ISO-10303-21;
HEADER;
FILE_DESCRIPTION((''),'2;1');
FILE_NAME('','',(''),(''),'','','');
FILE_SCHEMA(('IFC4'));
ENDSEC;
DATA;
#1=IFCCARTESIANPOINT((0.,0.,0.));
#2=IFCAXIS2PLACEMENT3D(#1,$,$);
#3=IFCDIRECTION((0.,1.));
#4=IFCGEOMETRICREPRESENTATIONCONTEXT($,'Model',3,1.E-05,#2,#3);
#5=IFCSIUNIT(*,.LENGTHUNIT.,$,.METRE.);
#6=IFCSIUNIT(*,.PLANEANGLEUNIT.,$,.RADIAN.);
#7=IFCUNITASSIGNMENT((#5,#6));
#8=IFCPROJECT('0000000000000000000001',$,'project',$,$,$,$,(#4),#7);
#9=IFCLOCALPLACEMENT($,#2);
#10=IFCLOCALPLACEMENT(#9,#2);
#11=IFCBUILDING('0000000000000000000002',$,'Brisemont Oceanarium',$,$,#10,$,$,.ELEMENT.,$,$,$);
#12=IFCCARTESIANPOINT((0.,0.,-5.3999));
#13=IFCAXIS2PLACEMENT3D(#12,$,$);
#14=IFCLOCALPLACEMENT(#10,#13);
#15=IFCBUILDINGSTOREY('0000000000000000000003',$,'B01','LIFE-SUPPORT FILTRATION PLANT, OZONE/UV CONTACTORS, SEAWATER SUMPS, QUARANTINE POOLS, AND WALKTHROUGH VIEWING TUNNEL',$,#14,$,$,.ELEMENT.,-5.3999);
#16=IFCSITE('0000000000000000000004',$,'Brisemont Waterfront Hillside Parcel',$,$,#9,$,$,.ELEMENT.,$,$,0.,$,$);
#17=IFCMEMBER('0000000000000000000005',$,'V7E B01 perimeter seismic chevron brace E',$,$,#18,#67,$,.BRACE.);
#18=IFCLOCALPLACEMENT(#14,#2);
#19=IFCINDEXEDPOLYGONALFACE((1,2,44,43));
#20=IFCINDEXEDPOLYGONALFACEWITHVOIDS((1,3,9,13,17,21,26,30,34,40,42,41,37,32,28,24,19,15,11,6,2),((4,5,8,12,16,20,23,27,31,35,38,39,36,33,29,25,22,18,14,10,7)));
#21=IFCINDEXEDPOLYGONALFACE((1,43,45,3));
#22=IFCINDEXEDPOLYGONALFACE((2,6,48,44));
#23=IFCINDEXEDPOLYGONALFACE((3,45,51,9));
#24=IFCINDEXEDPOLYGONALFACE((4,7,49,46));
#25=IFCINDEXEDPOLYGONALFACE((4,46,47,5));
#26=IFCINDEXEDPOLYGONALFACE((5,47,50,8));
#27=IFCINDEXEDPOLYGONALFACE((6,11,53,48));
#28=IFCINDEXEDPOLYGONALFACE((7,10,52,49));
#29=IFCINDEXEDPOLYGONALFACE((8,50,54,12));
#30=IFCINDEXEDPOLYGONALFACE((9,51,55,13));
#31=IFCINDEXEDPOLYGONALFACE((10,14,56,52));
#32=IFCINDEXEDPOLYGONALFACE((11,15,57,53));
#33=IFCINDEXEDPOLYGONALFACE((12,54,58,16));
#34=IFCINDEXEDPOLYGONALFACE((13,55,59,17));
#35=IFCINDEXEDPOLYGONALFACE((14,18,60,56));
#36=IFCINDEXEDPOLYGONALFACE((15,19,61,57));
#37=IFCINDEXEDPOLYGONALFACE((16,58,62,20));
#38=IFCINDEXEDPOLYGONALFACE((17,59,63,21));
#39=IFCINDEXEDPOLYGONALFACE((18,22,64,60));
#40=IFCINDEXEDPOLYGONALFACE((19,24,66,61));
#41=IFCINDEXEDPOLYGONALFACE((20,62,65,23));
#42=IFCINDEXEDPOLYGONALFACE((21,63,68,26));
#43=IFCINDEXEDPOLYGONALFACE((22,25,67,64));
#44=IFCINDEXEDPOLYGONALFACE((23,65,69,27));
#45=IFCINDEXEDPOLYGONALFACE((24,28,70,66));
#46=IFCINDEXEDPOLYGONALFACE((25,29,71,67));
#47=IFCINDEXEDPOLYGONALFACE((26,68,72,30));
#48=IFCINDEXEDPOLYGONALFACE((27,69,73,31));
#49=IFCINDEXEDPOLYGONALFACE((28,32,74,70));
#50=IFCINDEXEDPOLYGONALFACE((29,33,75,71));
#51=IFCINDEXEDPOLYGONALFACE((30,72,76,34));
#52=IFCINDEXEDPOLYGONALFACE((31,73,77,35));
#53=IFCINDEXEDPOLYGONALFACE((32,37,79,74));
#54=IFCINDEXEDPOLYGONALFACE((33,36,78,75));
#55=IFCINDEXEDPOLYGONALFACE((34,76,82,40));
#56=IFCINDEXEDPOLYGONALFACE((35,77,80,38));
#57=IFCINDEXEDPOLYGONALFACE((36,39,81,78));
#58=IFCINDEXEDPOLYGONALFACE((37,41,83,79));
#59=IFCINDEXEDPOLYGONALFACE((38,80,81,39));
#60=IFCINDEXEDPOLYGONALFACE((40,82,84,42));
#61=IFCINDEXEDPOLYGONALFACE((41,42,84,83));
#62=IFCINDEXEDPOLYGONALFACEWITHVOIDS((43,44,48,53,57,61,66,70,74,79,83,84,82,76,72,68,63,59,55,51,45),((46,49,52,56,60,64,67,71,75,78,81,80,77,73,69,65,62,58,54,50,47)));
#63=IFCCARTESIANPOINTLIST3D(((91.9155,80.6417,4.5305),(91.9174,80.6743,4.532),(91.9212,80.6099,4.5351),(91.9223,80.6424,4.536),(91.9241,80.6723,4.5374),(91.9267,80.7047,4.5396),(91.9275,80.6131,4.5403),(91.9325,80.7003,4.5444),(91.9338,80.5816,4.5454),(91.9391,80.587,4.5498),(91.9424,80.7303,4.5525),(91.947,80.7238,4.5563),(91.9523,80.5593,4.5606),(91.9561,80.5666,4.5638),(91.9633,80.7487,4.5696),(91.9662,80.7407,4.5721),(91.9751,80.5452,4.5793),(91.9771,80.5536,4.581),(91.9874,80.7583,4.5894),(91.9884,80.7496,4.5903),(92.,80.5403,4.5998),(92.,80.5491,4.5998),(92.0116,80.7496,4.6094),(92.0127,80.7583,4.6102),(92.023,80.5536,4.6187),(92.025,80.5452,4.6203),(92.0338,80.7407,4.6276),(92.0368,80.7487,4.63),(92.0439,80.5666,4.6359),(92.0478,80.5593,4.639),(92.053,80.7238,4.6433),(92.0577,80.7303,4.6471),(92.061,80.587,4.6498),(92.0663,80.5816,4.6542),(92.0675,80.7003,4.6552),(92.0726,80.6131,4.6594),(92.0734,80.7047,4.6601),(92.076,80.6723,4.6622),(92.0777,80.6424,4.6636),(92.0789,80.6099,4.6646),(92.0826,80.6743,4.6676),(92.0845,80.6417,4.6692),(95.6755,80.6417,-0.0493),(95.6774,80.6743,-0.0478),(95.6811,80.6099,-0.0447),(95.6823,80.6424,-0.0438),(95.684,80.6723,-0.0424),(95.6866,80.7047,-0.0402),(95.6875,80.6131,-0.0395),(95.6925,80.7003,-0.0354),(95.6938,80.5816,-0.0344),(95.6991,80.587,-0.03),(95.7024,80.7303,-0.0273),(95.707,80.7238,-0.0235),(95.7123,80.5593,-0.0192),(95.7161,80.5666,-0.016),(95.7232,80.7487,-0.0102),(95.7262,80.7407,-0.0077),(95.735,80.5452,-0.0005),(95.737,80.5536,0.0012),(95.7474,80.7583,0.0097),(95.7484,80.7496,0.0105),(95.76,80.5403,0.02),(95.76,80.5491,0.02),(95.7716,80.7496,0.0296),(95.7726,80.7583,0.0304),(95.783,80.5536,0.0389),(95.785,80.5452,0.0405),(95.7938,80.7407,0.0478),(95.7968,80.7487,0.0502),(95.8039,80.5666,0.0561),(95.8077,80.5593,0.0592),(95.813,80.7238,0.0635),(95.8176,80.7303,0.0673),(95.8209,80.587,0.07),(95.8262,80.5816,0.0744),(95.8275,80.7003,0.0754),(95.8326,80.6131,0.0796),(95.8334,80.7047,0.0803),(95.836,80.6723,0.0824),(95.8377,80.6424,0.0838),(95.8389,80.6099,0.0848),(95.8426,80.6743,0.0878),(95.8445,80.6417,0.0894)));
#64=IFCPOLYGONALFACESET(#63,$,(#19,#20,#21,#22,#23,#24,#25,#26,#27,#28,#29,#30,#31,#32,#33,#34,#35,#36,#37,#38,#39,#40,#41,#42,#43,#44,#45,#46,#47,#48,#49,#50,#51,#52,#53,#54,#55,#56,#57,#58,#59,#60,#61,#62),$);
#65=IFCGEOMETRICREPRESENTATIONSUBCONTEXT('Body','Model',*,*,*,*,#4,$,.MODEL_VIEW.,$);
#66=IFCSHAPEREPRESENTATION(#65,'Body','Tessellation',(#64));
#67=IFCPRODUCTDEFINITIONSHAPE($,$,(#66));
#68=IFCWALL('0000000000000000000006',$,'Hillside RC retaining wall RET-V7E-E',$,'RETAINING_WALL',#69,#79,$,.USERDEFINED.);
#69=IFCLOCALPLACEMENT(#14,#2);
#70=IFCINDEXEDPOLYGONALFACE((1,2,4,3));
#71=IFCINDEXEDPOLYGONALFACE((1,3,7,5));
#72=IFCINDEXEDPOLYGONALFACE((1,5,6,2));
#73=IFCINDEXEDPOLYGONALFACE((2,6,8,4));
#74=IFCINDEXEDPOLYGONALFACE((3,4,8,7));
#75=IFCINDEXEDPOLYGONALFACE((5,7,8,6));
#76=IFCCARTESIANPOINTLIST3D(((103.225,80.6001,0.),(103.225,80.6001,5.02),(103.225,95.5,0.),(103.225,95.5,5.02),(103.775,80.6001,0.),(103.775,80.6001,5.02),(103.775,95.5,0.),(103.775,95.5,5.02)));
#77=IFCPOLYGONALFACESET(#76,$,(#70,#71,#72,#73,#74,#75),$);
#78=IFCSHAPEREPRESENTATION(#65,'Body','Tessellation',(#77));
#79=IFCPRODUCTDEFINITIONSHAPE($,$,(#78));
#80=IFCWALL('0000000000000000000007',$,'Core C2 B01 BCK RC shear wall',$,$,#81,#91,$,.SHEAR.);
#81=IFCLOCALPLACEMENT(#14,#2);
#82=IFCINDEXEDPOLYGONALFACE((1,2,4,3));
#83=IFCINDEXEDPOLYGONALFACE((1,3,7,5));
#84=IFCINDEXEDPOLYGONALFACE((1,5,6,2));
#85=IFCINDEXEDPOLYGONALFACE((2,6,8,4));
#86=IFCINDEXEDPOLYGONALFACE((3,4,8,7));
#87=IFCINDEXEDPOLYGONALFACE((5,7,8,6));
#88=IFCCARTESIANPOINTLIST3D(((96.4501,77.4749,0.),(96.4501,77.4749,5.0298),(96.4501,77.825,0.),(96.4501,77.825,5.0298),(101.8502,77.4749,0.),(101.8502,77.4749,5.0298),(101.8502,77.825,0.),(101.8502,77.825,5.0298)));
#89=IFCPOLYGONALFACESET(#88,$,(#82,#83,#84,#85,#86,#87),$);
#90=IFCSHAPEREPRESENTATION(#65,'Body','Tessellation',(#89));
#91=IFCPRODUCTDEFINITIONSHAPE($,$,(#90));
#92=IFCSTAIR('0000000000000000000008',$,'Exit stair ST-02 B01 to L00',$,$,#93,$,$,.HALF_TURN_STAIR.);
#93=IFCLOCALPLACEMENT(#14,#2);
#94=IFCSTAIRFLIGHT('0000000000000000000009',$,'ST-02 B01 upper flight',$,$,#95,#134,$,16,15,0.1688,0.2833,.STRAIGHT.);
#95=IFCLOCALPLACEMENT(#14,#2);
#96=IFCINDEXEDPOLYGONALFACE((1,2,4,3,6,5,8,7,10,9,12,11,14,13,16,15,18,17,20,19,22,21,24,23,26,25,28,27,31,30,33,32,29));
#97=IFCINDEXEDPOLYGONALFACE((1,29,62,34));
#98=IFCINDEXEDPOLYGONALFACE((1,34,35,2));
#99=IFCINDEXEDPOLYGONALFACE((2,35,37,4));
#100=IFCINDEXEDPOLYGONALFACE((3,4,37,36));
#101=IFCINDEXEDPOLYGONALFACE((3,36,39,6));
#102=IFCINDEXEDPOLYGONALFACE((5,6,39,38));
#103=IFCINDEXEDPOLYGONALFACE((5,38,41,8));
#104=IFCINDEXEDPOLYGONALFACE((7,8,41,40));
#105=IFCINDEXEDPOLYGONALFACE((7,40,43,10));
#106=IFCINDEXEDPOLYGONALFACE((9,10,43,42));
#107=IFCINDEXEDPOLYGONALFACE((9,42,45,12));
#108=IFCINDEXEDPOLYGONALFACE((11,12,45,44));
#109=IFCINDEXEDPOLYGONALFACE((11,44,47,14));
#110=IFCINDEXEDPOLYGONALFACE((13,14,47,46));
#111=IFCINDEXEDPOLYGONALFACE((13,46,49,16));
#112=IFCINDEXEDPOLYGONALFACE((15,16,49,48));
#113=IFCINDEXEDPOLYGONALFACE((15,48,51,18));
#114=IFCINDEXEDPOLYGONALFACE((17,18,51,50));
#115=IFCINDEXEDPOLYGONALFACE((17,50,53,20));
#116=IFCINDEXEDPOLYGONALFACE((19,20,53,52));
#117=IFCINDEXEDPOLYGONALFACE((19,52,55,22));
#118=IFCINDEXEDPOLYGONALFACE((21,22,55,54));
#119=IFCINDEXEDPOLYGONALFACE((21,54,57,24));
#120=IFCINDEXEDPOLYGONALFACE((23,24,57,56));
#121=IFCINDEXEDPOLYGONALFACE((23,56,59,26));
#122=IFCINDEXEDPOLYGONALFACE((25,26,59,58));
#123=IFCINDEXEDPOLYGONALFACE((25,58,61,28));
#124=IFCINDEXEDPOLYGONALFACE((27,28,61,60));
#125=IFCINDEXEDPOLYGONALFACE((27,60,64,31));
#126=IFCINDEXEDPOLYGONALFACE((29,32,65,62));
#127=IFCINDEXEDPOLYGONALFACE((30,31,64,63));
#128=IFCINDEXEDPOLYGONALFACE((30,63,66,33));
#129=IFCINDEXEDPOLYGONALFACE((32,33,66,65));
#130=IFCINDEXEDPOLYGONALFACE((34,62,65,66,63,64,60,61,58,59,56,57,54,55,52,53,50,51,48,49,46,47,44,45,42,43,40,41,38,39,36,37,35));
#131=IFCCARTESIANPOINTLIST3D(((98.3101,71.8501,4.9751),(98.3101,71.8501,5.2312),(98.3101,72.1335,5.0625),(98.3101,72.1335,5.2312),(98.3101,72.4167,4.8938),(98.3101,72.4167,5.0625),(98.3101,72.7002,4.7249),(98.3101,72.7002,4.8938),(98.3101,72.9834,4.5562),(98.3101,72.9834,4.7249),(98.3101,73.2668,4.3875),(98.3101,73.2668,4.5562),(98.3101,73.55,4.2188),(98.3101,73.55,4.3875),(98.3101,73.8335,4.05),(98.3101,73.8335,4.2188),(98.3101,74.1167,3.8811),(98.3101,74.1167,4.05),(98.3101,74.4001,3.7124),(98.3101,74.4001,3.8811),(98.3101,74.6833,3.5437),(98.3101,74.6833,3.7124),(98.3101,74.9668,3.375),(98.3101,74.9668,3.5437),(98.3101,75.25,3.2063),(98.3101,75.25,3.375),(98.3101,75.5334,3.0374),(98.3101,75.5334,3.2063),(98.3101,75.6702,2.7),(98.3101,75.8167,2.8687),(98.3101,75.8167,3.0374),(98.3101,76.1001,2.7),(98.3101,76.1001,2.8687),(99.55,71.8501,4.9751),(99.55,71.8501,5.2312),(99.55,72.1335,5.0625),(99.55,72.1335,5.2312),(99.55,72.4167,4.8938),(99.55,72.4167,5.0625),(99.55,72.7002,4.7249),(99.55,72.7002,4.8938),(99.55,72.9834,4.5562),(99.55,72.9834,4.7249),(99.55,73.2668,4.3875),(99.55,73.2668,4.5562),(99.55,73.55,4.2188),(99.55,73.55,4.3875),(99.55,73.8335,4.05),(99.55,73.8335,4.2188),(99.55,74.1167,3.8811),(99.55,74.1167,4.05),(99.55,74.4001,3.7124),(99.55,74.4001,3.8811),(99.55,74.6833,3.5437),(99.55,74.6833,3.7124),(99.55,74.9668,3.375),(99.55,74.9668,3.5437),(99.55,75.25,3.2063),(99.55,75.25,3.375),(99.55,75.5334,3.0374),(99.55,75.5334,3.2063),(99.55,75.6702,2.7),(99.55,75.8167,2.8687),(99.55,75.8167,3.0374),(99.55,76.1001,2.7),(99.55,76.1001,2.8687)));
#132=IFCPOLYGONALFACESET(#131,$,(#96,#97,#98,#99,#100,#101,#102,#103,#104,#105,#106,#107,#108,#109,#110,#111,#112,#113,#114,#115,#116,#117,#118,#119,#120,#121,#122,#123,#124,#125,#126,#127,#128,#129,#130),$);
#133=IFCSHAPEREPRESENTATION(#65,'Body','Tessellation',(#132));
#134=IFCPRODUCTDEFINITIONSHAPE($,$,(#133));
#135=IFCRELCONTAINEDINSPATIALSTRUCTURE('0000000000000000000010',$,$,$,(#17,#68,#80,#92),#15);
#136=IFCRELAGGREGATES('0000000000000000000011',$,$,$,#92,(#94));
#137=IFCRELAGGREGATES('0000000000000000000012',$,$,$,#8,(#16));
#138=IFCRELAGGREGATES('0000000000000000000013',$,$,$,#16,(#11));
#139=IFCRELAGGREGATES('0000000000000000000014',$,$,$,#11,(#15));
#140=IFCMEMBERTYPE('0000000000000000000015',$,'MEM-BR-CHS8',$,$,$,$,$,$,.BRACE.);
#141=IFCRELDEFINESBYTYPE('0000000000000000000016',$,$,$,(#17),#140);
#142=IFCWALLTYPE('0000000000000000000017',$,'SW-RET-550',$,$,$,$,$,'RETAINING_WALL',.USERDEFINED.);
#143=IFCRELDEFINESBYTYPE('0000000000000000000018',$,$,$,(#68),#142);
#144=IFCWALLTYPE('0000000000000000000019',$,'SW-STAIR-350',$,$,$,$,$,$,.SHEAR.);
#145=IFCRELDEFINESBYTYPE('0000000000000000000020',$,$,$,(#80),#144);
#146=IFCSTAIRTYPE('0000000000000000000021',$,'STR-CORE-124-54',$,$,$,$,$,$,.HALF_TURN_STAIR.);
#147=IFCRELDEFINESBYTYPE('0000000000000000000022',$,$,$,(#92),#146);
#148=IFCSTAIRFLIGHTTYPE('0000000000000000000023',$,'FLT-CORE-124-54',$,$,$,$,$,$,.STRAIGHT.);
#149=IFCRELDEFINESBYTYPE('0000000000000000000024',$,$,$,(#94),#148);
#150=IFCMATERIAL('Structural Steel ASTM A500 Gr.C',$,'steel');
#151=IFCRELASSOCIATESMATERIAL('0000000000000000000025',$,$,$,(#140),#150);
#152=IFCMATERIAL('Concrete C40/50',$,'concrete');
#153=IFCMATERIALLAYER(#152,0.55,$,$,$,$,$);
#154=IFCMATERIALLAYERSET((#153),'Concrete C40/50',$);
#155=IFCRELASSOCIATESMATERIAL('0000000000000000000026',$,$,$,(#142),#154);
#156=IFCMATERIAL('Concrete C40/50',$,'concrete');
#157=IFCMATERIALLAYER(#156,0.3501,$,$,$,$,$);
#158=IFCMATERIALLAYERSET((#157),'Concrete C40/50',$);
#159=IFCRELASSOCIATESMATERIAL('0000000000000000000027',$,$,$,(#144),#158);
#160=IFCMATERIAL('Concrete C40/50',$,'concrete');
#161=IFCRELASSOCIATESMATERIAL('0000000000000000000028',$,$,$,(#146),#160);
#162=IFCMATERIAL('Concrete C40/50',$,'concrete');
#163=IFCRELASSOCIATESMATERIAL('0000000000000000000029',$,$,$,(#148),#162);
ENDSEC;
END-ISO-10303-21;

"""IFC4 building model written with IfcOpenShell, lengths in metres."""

from ifc_helpers import new_model, si_unit, direction, frame, frame_2d, origin, origin_2d, place, context, subcontext, project, spatial, polyline, rectangle, hollow_circle, outline, extrude, material, layer, layer_set, material_profile, profile_set, type_object, element, aggregate, save


model = new_model("IFC4")

# Units and contexts
model_context = context("Model", 3, precision=1e-05, world=origin(), true_north=direction((0.0, 1.0)))
body_context = subcontext(model_context, "Body", "Model", "MODEL_VIEW")
ifc_project = project(units=[si_unit("LENGTHUNIT", "METRE"), si_unit("PLANEANGLEUNIT", "RADIAN")], contexts=[model_context])

# Site, building, storey
site_placement = place(None, origin())
site = spatial("IfcSite", under=ifc_project, at=site_placement, Name="Brisemont Waterfront Hillside Parcel", CompositionType="ELEMENT", RefElevation=0.0)
building_placement = place(site_placement, origin())
building = spatial("IfcBuilding", under=site, at=building_placement, Name="Brisemont Oceanarium", CompositionType="ELEMENT")
storey_placement = place(building_placement, frame((0.0, 0.0, -5.3999)))
storey = spatial("IfcBuildingStorey", under=building, at=storey_placement, Name="B01", Description="LIFE-SUPPORT FILTRATION PLANT, OZONE/UV CONTACTORS, SEAWATER SUMPS, QUARANTINE POOLS, AND WALKTHROUGH VIEWING TUNNEL", CompositionType="ELEMENT", Elevation=-5.3999)

# Member
ifc_material_1 = material(Name="Structural Steel ASTM A500 Gr.C", Category="steel")
ifc_material_profile_1 = material_profile(ifc_material_1, hollow_circle(Radius=0.1096, WallThickness=0.0088, at=origin_2d()), Name="HSS8.625X0.375")
ifc_profile_set_1 = profile_set([ifc_material_profile_1], Name="Structural Steel ASTM A500 Gr.C")
member_type = type_object("IfcMemberType", Name="MEM-BR-CHS8", PredefinedType="BRACE", material=ifc_profile_set_1)
for number, where, z_axis, x_axis, name in (
    (1, (95.76, 80.6499, 0.02), (-0.634538, 0.0, 0.772892), (0.0, -1.0, 0.0), "V7E B01 perimeter seismic chevron brace E"),
):
    element("IfcMember", number, at=place(storey_placement, frame(where, z_axis=z_axis, x_axis=x_axis)), inside=storey, type_object=member_type, Name=name, PredefinedType="BRACE", context=body_context, shape_type="SweptSolid", body=[
        extrude(hollow_circle(Radius=0.1096, WallThickness=0.0088, at=origin_2d()), origin(), (0.0, 0.0, 1.0), 5.9255),
    ])

# Walls
ifc_material_2 = material(Name="Concrete C40/50", Category="concrete")
ifc_layer_1 = layer(ifc_material_2, 0.55)
ifc_layer_set_1 = layer_set([ifc_layer_1], Name="Concrete C40/50")
wall_type_1 = type_object("IfcWallType", Name="SW-RET-550", ElementType="RETAINING_WALL", PredefinedType="USERDEFINED", material=ifc_layer_set_1)
wall_1_placement = place(storey_placement, frame((103.5, 80.6001, 0.0), z_axis=(0.0, 0.0, 1.0), x_axis=(0.0, 1.0, 0.0)))
element("IfcWall", 2, at=wall_1_placement, inside=storey, type_object=wall_type_1, Name="Hillside RC retaining wall RET-V7E-E", ObjectType="RETAINING_WALL", PredefinedType="USERDEFINED", context=body_context, shape_type="SweptSolid", body=[
    extrude(rectangle(XDim=14.8999, YDim=0.55, at=frame_2d((7.45, 0.0))), origin(), (0.0, 0.0, 1.0), 5.02),
])
ifc_material_3 = material(Name="Concrete C40/50", Category="concrete")
ifc_layer_2 = layer(ifc_material_3, 0.3501)
ifc_layer_set_2 = layer_set([ifc_layer_2], Name="Concrete C40/50")
wall_type_2 = type_object("IfcWallType", Name="SW-STAIR-350", PredefinedType="SHEAR", material=ifc_layer_set_2)
wall_2_placement = place(storey_placement, frame((96.45, 77.6499, 0.0), z_axis=(0.0, 0.0, 1.0), x_axis=(1.0, 0.0, 0.0)))
element("IfcWall", 3, at=wall_2_placement, inside=storey, type_object=wall_type_2, Name="Core C2 B01 BCK RC shear wall", PredefinedType="SHEAR", context=body_context, shape_type="SweptSolid", body=[
    extrude(rectangle(XDim=5.4001, YDim=0.3501, at=frame_2d((2.7002, 0.0))), origin(), (0.0, 0.0, 1.0), 5.0298),
])

# Stair, stair flight
ifc_material_4 = material(Name="Concrete C40/50", Category="concrete")
stair_type = type_object("IfcStairType", Name="STR-CORE-124-54", PredefinedType="HALF_TURN_STAIR", material=ifc_material_4)
stair_placement = place(storey_placement, origin())
stair = element("IfcStair", 4, at=stair_placement, inside=storey, type_object=stair_type, Name="Exit stair ST-02 B01 to L00", PredefinedType="HALF_TURN_STAIR")
ifc_material_5 = material(Name="Concrete C40/50", Category="concrete")
stair_flight_type = type_object("IfcStairFlightType", Name="FLT-CORE-124-54", PredefinedType="STRAIGHT", material=ifc_material_5)
stair_flight_placement = place(storey_placement, frame((98.9299, 76.1001, 2.7), z_axis=(0.0, 0.0, 1.0), x_axis=(0.0, -1.0, 0.0)))
stair_flight = element("IfcStairFlight", 5, at=stair_flight_placement, type_object=stair_flight_type, Name="ST-02 B01 upper flight", NumberOfRisers=16, NumberOfTreads=15, PredefinedType="STRAIGHT", RiserHeight=0.1688, TreadLength=0.2833, context=body_context, shape_type="SweptSolid", body=[
    extrude(outline(polyline([(0.0, 0.0), (0.0, 0.1687), (0.2834, 0.1687), (0.2834, 0.3374), (0.5667, 0.3374), (0.5667, 0.5063), (0.8501, 0.5063), (0.8501, 0.675), (1.1333, 0.675), (1.1333, 0.8438), (1.4167, 0.8438), (1.4167, 1.0125), (1.7, 1.0125), (1.7, 1.1812), (1.9834, 1.1812), (1.9834, 1.3501), (2.2666, 1.3501), (2.2666, 1.5188), (2.55, 1.5188), (2.55, 1.6875), (2.8333, 1.6875), (2.8333, 1.8562), (3.1167, 1.8562), (3.1167, 2.0249), (3.3999, 2.0249), (3.3999, 2.1938), (3.6833, 2.1938), (3.6833, 2.3625), (3.9666, 2.3625), (3.9666, 2.5312), (4.25, 2.5312), (4.25, 2.7), (4.25, 2.2751), (0.4299, 0.0), (0.0, 0.0)])), frame((0.0, 0.6201, 0.0), z_axis=(0.0, -1.0, 0.0), x_axis=(1.0, 0.0, 0.0)), (0.0, 0.0, 1.0), 1.24),
])
aggregate(stair, [stair_flight])

save(model, "model.ifc")
